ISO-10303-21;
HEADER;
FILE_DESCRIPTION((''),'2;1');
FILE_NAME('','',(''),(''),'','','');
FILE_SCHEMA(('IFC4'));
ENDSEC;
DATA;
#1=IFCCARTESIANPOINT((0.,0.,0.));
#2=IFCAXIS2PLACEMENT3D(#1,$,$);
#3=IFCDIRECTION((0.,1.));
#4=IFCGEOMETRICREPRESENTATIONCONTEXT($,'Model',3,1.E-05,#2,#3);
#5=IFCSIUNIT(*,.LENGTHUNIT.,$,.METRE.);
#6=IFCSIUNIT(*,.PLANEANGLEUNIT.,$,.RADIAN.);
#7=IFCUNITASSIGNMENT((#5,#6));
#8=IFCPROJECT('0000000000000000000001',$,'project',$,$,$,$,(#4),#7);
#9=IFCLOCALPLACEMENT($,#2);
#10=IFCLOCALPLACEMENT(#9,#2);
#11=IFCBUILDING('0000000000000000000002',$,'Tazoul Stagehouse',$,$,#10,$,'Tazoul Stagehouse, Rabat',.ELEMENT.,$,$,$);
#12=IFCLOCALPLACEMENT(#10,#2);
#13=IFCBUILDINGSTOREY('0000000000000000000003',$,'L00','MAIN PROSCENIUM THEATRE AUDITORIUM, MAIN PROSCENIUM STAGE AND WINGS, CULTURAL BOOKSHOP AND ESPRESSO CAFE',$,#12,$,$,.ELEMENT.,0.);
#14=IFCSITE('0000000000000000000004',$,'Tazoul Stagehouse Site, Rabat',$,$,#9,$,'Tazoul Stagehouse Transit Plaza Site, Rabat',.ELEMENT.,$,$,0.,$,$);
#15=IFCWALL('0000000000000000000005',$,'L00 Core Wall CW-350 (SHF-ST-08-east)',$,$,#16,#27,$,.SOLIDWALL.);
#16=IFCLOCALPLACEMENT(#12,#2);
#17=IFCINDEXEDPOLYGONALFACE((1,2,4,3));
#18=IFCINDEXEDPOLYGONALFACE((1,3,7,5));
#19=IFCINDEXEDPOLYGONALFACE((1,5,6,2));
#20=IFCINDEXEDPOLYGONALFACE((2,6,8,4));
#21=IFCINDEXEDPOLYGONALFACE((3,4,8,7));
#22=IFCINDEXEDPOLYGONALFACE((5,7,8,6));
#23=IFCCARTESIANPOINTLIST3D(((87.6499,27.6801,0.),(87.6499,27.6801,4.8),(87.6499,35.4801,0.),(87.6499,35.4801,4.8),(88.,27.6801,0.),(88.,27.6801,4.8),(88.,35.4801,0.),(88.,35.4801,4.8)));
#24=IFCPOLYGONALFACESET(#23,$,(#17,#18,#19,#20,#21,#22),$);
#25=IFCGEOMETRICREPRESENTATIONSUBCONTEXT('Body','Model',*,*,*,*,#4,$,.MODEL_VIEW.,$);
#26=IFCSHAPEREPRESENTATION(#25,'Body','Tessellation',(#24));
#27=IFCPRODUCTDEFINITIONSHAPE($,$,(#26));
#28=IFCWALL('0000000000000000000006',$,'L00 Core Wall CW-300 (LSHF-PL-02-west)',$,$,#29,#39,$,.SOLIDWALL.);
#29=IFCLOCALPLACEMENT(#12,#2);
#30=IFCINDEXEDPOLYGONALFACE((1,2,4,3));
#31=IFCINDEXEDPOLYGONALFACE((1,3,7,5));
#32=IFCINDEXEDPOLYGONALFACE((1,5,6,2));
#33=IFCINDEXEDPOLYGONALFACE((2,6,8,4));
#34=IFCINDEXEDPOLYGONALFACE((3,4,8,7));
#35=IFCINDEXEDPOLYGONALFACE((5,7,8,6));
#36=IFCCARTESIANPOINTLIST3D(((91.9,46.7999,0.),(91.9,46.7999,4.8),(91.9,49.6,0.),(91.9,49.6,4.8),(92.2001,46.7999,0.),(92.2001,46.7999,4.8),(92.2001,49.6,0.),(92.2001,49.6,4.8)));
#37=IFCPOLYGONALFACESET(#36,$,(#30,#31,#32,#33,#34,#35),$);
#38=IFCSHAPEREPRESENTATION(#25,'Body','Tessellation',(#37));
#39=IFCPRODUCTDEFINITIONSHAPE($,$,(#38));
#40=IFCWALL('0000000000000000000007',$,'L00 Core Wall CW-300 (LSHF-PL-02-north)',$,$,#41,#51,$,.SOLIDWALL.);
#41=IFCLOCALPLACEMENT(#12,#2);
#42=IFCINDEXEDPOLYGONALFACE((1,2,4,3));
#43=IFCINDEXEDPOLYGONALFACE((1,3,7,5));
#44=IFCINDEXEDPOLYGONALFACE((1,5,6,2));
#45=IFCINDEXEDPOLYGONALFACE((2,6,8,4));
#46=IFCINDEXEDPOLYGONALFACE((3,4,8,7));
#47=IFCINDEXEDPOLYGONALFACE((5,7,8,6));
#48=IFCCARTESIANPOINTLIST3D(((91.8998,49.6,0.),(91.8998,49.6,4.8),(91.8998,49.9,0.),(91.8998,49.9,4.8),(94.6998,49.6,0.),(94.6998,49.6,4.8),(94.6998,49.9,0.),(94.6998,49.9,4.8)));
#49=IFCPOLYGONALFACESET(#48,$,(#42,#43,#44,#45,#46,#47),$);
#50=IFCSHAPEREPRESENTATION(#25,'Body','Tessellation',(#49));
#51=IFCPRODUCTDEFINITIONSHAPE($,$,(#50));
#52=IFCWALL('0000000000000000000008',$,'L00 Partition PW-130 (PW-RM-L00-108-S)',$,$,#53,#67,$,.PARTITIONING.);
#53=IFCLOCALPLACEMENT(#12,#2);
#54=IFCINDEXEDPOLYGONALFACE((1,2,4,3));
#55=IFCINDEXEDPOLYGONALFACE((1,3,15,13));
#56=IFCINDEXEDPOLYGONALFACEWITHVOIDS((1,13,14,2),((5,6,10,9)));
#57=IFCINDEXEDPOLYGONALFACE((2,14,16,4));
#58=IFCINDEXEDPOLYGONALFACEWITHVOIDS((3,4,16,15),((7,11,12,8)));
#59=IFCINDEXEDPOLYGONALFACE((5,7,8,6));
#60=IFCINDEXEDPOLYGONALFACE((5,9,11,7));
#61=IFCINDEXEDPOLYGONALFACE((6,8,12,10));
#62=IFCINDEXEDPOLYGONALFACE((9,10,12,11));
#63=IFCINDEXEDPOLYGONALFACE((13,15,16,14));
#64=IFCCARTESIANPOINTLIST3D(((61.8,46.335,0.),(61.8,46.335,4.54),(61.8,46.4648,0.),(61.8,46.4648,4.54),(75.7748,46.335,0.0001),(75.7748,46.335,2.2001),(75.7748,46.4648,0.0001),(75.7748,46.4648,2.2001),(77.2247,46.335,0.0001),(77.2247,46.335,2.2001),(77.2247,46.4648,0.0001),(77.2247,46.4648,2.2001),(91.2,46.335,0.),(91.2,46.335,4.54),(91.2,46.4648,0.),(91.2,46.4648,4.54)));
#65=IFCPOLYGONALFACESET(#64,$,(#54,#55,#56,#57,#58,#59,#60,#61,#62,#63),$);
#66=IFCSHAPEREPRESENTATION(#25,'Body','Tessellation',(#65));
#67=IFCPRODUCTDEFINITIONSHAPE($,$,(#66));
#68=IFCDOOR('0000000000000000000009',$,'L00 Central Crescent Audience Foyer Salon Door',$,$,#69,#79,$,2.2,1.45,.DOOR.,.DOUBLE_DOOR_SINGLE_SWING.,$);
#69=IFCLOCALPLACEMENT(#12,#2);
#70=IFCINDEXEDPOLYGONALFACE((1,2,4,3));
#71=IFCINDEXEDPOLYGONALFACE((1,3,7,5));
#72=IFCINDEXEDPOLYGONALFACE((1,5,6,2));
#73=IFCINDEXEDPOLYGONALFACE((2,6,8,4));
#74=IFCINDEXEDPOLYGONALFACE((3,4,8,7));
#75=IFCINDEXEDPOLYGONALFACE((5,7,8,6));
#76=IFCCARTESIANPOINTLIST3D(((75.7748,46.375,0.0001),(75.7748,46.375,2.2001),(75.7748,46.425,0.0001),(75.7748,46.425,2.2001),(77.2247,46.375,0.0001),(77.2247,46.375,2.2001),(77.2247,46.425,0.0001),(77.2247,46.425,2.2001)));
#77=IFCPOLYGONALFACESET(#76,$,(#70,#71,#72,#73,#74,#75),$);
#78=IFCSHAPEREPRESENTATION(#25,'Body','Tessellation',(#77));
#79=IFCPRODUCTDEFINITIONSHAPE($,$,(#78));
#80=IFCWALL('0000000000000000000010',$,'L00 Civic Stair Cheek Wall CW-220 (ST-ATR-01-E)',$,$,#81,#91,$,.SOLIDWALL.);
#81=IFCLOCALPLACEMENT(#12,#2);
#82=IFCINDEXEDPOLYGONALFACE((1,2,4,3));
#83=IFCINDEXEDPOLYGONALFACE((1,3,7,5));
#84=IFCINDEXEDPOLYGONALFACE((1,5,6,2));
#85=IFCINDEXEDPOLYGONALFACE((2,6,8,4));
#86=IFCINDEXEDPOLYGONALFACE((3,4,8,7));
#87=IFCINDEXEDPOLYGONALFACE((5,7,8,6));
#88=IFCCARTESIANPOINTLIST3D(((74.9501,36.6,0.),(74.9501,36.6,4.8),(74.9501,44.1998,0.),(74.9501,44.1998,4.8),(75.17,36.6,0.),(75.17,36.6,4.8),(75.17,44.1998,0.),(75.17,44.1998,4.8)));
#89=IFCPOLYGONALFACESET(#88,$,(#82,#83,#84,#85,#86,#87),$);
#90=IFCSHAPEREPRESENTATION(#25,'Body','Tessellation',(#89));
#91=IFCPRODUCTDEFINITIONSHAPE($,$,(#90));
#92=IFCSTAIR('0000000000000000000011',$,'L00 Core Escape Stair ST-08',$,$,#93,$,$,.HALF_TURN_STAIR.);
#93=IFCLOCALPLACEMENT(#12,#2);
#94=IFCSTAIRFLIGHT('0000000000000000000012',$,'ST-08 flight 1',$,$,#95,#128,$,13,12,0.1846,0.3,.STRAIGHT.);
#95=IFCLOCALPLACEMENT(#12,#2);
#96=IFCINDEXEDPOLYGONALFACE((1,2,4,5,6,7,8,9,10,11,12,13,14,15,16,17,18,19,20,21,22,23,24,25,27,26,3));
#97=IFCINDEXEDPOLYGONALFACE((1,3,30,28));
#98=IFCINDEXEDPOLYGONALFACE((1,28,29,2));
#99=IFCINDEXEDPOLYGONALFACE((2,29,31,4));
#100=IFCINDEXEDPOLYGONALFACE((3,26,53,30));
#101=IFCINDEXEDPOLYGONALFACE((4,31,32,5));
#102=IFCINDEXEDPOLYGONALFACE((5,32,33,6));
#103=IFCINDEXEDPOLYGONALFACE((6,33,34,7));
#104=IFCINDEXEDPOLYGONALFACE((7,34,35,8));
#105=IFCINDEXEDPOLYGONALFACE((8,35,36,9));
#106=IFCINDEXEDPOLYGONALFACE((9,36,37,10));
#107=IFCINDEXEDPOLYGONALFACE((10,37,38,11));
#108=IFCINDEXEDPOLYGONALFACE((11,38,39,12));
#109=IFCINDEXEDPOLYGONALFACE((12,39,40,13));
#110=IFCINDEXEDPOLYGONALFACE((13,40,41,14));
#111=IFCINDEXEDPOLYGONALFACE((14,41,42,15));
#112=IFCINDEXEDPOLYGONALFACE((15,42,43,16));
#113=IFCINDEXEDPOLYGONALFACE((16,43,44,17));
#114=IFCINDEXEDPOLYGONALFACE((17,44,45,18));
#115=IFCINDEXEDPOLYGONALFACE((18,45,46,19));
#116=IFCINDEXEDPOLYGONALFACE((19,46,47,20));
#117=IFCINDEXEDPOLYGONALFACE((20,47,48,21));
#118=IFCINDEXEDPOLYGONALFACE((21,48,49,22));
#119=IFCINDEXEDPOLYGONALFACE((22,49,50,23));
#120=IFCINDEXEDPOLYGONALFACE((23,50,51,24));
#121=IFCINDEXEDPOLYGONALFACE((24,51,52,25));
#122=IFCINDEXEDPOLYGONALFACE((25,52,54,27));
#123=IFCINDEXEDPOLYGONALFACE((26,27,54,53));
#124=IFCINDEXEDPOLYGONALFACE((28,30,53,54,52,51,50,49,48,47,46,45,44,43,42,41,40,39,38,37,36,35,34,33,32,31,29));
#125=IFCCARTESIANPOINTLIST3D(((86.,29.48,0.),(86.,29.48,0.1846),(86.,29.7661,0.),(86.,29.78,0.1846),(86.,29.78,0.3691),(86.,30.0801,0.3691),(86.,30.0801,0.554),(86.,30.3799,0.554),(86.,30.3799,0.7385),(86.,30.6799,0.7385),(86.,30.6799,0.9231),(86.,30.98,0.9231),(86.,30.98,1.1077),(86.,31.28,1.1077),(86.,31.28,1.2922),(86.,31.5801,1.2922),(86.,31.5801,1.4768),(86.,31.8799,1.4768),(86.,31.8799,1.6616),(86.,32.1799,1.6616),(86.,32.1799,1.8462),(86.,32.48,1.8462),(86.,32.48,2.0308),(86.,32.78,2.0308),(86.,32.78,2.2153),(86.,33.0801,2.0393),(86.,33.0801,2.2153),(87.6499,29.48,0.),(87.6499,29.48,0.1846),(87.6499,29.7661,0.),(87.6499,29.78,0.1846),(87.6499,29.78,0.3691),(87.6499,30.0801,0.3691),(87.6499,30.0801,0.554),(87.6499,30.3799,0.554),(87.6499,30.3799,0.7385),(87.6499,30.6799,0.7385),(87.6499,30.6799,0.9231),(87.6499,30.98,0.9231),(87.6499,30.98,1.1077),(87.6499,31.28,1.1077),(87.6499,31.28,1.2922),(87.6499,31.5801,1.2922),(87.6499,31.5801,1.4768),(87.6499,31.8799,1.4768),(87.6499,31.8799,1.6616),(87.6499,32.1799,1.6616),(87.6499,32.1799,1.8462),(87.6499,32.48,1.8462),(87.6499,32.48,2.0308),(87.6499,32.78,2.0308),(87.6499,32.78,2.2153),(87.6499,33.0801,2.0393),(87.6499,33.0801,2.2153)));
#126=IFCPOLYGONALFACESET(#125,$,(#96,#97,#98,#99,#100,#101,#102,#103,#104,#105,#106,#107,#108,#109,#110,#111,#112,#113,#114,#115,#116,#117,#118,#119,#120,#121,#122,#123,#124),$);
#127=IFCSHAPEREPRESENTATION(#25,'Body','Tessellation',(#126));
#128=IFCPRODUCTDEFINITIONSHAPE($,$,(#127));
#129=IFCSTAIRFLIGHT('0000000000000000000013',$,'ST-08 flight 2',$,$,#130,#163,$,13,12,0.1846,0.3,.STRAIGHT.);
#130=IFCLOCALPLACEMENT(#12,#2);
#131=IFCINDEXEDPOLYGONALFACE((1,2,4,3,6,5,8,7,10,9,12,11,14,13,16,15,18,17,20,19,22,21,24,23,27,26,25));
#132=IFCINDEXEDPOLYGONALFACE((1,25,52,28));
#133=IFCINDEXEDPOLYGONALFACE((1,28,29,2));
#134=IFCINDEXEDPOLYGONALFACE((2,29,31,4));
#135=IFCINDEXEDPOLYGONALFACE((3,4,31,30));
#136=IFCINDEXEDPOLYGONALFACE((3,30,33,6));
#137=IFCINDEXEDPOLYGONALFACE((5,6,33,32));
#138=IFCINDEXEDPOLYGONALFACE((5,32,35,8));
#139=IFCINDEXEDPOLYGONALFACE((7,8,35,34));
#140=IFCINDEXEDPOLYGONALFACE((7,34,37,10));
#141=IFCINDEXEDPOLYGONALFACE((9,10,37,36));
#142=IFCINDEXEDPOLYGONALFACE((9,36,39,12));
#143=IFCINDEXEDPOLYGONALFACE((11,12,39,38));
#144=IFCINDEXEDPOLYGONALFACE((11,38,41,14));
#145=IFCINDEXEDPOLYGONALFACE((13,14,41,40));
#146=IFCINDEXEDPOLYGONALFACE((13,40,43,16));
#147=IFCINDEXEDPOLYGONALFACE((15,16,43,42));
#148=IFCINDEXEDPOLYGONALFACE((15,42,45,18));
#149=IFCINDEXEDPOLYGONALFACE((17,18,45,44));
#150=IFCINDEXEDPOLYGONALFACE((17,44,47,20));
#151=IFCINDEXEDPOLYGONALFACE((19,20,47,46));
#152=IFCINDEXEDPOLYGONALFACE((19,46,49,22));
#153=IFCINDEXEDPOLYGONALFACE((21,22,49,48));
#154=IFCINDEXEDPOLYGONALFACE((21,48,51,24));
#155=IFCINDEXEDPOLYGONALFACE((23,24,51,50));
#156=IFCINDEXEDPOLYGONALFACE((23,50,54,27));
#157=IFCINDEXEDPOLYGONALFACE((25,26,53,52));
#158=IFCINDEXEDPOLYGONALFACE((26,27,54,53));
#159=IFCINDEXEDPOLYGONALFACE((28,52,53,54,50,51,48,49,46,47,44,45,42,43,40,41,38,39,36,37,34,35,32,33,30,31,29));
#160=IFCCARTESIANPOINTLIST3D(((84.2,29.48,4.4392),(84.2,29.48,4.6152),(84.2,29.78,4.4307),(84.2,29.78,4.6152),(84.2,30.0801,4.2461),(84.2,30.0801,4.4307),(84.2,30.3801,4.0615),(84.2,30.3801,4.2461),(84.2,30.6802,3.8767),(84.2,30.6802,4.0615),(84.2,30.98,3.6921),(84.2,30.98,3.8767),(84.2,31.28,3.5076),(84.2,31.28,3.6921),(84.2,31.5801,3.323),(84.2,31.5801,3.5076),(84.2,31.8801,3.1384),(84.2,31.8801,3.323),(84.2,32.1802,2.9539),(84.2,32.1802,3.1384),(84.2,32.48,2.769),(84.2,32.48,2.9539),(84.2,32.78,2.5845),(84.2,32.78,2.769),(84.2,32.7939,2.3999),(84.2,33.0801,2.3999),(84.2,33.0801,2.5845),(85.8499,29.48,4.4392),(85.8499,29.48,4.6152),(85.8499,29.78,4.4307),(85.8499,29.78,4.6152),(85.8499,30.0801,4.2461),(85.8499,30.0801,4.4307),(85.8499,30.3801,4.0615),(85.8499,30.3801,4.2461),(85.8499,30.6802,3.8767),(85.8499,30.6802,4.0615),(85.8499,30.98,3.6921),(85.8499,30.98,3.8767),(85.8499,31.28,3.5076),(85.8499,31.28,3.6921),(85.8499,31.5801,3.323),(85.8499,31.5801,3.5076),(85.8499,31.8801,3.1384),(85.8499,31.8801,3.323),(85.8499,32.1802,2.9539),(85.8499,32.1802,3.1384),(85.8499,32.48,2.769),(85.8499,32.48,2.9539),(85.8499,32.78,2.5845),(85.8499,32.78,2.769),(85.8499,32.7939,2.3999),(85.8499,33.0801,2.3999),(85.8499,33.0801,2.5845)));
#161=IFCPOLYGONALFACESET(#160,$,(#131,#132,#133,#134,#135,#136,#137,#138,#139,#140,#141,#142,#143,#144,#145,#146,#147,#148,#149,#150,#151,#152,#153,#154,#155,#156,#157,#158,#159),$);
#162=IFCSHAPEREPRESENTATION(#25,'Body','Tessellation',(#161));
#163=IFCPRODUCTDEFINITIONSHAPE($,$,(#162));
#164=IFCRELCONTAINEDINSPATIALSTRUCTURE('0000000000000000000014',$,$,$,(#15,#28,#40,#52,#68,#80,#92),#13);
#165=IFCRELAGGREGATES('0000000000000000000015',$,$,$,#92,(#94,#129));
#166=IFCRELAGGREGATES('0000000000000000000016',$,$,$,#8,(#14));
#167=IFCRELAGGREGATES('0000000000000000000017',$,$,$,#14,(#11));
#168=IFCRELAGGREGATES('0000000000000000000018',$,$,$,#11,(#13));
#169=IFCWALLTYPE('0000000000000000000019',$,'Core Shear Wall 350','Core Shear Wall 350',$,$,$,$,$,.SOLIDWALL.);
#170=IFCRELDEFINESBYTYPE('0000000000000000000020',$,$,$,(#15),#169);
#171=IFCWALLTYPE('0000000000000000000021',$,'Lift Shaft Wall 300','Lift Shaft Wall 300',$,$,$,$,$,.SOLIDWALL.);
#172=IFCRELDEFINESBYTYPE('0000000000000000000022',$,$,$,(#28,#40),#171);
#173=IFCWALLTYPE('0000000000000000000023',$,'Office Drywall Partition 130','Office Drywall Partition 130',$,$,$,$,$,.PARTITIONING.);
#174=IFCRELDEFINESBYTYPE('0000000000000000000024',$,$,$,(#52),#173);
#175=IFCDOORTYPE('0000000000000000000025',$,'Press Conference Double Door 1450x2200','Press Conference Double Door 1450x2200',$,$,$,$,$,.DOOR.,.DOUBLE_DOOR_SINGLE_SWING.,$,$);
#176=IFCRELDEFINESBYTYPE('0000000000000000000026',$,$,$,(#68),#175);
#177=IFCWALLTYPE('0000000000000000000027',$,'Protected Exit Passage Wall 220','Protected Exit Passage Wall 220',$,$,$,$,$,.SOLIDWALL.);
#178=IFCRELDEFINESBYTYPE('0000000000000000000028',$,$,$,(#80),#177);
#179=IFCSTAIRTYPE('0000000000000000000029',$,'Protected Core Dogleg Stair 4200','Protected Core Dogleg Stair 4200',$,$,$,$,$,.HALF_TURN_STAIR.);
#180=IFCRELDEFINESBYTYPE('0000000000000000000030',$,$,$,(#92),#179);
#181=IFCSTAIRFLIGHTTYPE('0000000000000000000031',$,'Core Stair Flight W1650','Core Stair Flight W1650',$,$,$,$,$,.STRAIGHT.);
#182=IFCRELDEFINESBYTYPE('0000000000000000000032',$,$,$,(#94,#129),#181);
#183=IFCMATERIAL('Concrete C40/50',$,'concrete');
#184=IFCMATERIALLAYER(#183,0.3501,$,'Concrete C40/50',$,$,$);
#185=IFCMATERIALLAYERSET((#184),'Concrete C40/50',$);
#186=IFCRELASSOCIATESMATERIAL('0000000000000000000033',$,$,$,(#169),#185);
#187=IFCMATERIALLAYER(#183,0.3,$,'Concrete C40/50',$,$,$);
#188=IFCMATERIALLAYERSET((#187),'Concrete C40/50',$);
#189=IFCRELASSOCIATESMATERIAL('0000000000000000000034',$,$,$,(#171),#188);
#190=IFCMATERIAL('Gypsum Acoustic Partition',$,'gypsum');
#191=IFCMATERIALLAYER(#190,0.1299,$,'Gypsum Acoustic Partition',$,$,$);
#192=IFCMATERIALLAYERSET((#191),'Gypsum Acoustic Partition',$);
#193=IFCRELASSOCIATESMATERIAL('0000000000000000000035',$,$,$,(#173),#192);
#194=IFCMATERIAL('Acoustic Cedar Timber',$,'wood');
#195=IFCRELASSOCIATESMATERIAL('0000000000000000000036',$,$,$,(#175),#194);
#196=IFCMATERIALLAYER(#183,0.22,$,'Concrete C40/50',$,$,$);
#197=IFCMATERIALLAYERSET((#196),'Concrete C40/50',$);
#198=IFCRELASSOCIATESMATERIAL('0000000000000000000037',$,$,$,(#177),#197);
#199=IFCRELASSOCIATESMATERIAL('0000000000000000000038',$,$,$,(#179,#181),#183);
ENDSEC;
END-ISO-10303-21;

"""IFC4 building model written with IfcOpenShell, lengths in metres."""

from ifc_helpers import new_model, si_unit, direction, frame, frame_2d, origin, place, context, subcontext, project, spatial, polyline, rectangle, outline, extrude, material, layer, layer_set, type_object, element, fill, aggregate, save


model = new_model("IFC4")

# Units and contexts
model_context = context("Model", 3, precision=1e-05, world=origin(), true_north=direction((0.0, 1.0)))
body_context = subcontext(model_context, "Body", "Model", "MODEL_VIEW")
ifc_project = project(units=[si_unit("LENGTHUNIT", "METRE"), si_unit("PLANEANGLEUNIT", "RADIAN")], contexts=[model_context])

# Site, building, storey
site_placement = place(None, origin())
site = spatial("IfcSite", under=ifc_project, at=site_placement, Name="Tazoul Stagehouse Site, Rabat", LongName="Tazoul Stagehouse Transit Plaza Site, Rabat", CompositionType="ELEMENT", RefElevation=0.0)
building_placement = place(site_placement, origin())
building = spatial("IfcBuilding", under=site, at=building_placement, Name="Tazoul Stagehouse", LongName="Tazoul Stagehouse, Rabat", CompositionType="ELEMENT")
storey_placement = place(building_placement, origin())
storey = spatial("IfcBuildingStorey", under=building, at=storey_placement, Name="L00", Description="MAIN PROSCENIUM THEATRE AUDITORIUM, MAIN PROSCENIUM STAGE AND WINGS, CULTURAL BOOKSHOP AND ESPRESSO CAFE", CompositionType="ELEMENT", Elevation=0.0)

# Shared definitions
ifc_material_1 = material(Name="Concrete C40/50", Category="concrete")

# Walls
ifc_layer_1 = layer(ifc_material_1, 0.3501, Name="Concrete C40/50")
ifc_layer_set_1 = layer_set([ifc_layer_1], Name="Concrete C40/50")
wall_type_1 = type_object("IfcWallType", Name="Core Shear Wall 350", Description="Core Shear Wall 350", PredefinedType="SOLIDWALL", material=ifc_layer_set_1)
wall_1_placement = place(storey_placement, frame((87.825, 35.48, 0.0), z_axis=(0.0, 0.0, 1.0), x_axis=(0.0, -1.0, 0.0)))
element("IfcWall", 1, at=wall_1_placement, inside=storey, type_object=wall_type_1, Name="L00 Core Wall CW-350 (SHF-ST-08-east)", PredefinedType="SOLIDWALL", context=body_context, shape_type="SweptSolid", body=[
    extrude(rectangle(XDim=7.8, YDim=0.3501, at=frame_2d((3.8999, 0.0))), origin(), (0.0, 0.0, 1.0), 4.8),
])
ifc_layer_2 = layer(ifc_material_1, 0.3, Name="Concrete C40/50")
ifc_layer_set_2 = layer_set([ifc_layer_2], Name="Concrete C40/50")
wall_type_2 = type_object("IfcWallType", Name="Lift Shaft Wall 300", Description="Lift Shaft Wall 300", PredefinedType="SOLIDWALL", material=ifc_layer_set_2)
for number, where, z_axis, x_axis, name in (
    (2, (92.05, 46.8, 0.0), (0.0, 0.0, 1.0), (0.0, 1.0, 0.0), "L00 Core Wall CW-300 (LSHF-PL-02-west)"),
    (3, (91.8999, 49.75, 0.0), (0.0, 0.0, 1.0), (1.0, 0.0, 0.0), "L00 Core Wall CW-300 (LSHF-PL-02-north)"),
):
    element("IfcWall", number, at=place(storey_placement, frame(where, z_axis=z_axis, x_axis=x_axis)), inside=storey, type_object=wall_type_2, Name=name, PredefinedType="SOLIDWALL", context=body_context, shape_type="SweptSolid", body=[
        extrude(rectangle(XDim=2.8, YDim=0.3, at=frame_2d((1.3999, 0.0))), origin(), (0.0, 0.0, 1.0), 4.8),
    ])

# Wall, opening, door
ifc_material_2 = material(Name="Gypsum Acoustic Partition", Category="gypsum")
ifc_layer_3 = layer(ifc_material_2, 0.1299, Name="Gypsum Acoustic Partition")
ifc_layer_set_3 = layer_set([ifc_layer_3], Name="Gypsum Acoustic Partition")
wall_type_3 = type_object("IfcWallType", Name="Office Drywall Partition 130", Description="Office Drywall Partition 130", PredefinedType="PARTITIONING", material=ifc_layer_set_3)
wall_2_placement = place(storey_placement, frame((91.2, 46.3999, 0.0), z_axis=(0.0, 0.0, 1.0), x_axis=(-1.0, 0.0, 0.0)))
wall_2 = element("IfcWall", 4, at=wall_2_placement, inside=storey, type_object=wall_type_3, Name="L00 Partition PW-130 (PW-RM-L00-108-S)", PredefinedType="PARTITIONING", context=body_context, shape_type="SweptSolid", body=[
    extrude(rectangle(XDim=29.3999, YDim=0.1299, at=frame_2d((14.7, 0.0))), origin(), (0.0, 0.0, 1.0), 4.54),
])
opening_placement = place(wall_2_placement, frame((13.9751, 0.0, 0.0)))
opening = element("IfcOpeningElement", 5, at=opening_placement, cuts=wall_2, PredefinedType="OPENING", context=body_context, shape_type="SweptSolid", body=[
    extrude(rectangle(XDim=1.45, YDim=2.2, at=frame_2d((0.7251, 1.1001))), frame((0.0, 0.085, 0.0), z_axis=(0.0, -1.0, 0.0), x_axis=(1.0, 0.0, 0.0)), (0.0, 0.0, 1.0), 0.1699),
])
ifc_material_3 = material(Name="Acoustic Cedar Timber", Category="wood")
door_type = type_object("IfcDoorType", Name="Press Conference Double Door 1450x2200", Description="Press Conference Double Door 1450x2200", OperationType="DOUBLE_DOOR_SINGLE_SWING", PredefinedType="DOOR", material=ifc_material_3)
door_placement = place(opening_placement, origin())
door = element("IfcDoor", 6, at=door_placement, inside=storey, type_object=door_type, Name="L00 Central Crescent Audience Foyer Salon Door", OperationType="DOUBLE_DOOR_SINGLE_SWING", OverallHeight=2.2, OverallWidth=1.45, PredefinedType="DOOR", context=body_context, shape_type="SweptSolid", body=[
    extrude(rectangle(XDim=1.45, YDim=2.2, at=frame_2d((0.7251, 1.1001))), frame((0.0, 0.0249, 0.0), z_axis=(0.0, -1.0, 0.0), x_axis=(1.0, 0.0, 0.0)), (0.0, 0.0, 1.0), 0.05),
])
fill(opening, door)

# Wall
ifc_layer_4 = layer(ifc_material_1, 0.22, Name="Concrete C40/50")
ifc_layer_set_4 = layer_set([ifc_layer_4], Name="Concrete C40/50")
wall_type_4 = type_object("IfcWallType", Name="Protected Exit Passage Wall 220", Description="Protected Exit Passage Wall 220", PredefinedType="SOLIDWALL", material=ifc_layer_set_4)
wall_3_placement = place(storey_placement, frame((75.0601, 36.6001, 0.0), z_axis=(0.0, 0.0, 1.0), x_axis=(0.0, 1.0, 0.0)))
element("IfcWall", 7, at=wall_3_placement, inside=storey, type_object=wall_type_4, Name="L00 Civic Stair Cheek Wall CW-220 (ST-ATR-01-E)", PredefinedType="SOLIDWALL", context=body_context, shape_type="SweptSolid", body=[
    extrude(rectangle(XDim=7.5999, YDim=0.22, at=frame_2d((3.7998, 0.0))), origin(), (0.0, 0.0, 1.0), 4.8),
])

# Stair, stair flights
stair_type = type_object("IfcStairType", Name="Protected Core Dogleg Stair 4200", Description="Protected Core Dogleg Stair 4200", PredefinedType="HALF_TURN_STAIR", material=ifc_material_1)
stair_placement = place(storey_placement, origin())
stair = element("IfcStair", 8, at=stair_placement, inside=storey, type_object=stair_type, Name="L00 Core Escape Stair ST-08", PredefinedType="HALF_TURN_STAIR")
stair_flight_type = type_object("IfcStairFlightType", Name="Core Stair Flight W1650", Description="Core Stair Flight W1650", PredefinedType="STRAIGHT", material=ifc_material_1)
stair_flight_1_placement = place(storey_placement, frame((86.825, 29.48, 0.0), z_axis=(0.0, 0.0, 1.0), x_axis=(0.0, 1.0, 0.0)))
stair_flight_1 = element("IfcStairFlight", 9, at=stair_flight_1_placement, type_object=stair_flight_type, Name="ST-08 flight 1", NumberOfRisers=13, NumberOfTreads=12, PredefinedType="STRAIGHT", RiserHeight=0.1846, TreadLength=0.3, context=body_context, shape_type="SweptSolid", body=[
    extrude(outline(polyline([(0.0, 0.0), (0.0, 0.1846), (0.3, 0.1846), (0.3, 0.3691), (0.6001, 0.3691), (0.6001, 0.554), (0.8999, 0.554), (0.8999, 0.7385), (1.2, 0.7385), (1.2, 0.9231), (1.5, 0.9231), (1.5, 1.1077), (1.8, 1.1077), (1.8, 1.2922), (2.1001, 1.2922), (2.1001, 1.4768), (2.3999, 1.4768), (2.3999, 1.6616), (2.7, 1.6616), (2.7, 1.8462), (3.0, 1.8462), (3.0, 2.0308), (3.3, 2.0308), (3.3, 2.2153), (3.6001, 2.2153), (3.6001, 2.3999), (3.6001, 2.0393), (0.2861, 0.0), (0.0, 0.0)])), frame((0.0, 0.825, 0.0), z_axis=(0.0, -1.0, 0.0), x_axis=(1.0, 0.0, 0.0)), (0.0, 0.0, 1.0), 1.6499),
])
stair_flight_2_placement = place(storey_placement, frame((85.0249, 33.0801, 2.3999), z_axis=(0.0, 0.0, 1.0), x_axis=(0.0, -1.0, 0.0)))
stair_flight_2 = element("IfcStairFlight", 10, at=stair_flight_2_placement, type_object=stair_flight_type, Name="ST-08 flight 2", NumberOfRisers=13, NumberOfTreads=12, PredefinedType="STRAIGHT", RiserHeight=0.1846, TreadLength=0.3, context=body_context, shape_type="SweptSolid", body=[
    extrude(outline(polyline([(0.0, 0.0), (0.0, 0.1846), (0.3, 0.1846), (0.3, 0.3691), (0.6001, 0.3691), (0.6001, 0.554), (0.8999, 0.554), (0.8999, 0.7385), (1.2, 0.7385), (1.2, 0.9231), (1.5, 0.9231), (1.5, 1.1077), (1.8, 1.1077), (1.8, 1.2922), (2.1001, 1.2922), (2.1001, 1.4768), (2.3999, 1.4768), (2.3999, 1.6616), (2.7, 1.6616), (2.7, 1.8462), (3.0, 1.8462), (3.0, 2.0308), (3.3, 2.0308), (3.3, 2.2153), (3.6001, 2.2153), (3.6001, 2.3999), (3.6001, 2.0393), (0.2861, 0.0), (0.0, 0.0)])), frame((0.0, 0.825, 0.0), z_axis=(0.0, -1.0, 0.0), x_axis=(1.0, 0.0, 0.0)), (0.0, 0.0, 1.0), 1.6499),
])
aggregate(stair, [stair_flight_1, stair_flight_2])

save(model, "model.ifc")
